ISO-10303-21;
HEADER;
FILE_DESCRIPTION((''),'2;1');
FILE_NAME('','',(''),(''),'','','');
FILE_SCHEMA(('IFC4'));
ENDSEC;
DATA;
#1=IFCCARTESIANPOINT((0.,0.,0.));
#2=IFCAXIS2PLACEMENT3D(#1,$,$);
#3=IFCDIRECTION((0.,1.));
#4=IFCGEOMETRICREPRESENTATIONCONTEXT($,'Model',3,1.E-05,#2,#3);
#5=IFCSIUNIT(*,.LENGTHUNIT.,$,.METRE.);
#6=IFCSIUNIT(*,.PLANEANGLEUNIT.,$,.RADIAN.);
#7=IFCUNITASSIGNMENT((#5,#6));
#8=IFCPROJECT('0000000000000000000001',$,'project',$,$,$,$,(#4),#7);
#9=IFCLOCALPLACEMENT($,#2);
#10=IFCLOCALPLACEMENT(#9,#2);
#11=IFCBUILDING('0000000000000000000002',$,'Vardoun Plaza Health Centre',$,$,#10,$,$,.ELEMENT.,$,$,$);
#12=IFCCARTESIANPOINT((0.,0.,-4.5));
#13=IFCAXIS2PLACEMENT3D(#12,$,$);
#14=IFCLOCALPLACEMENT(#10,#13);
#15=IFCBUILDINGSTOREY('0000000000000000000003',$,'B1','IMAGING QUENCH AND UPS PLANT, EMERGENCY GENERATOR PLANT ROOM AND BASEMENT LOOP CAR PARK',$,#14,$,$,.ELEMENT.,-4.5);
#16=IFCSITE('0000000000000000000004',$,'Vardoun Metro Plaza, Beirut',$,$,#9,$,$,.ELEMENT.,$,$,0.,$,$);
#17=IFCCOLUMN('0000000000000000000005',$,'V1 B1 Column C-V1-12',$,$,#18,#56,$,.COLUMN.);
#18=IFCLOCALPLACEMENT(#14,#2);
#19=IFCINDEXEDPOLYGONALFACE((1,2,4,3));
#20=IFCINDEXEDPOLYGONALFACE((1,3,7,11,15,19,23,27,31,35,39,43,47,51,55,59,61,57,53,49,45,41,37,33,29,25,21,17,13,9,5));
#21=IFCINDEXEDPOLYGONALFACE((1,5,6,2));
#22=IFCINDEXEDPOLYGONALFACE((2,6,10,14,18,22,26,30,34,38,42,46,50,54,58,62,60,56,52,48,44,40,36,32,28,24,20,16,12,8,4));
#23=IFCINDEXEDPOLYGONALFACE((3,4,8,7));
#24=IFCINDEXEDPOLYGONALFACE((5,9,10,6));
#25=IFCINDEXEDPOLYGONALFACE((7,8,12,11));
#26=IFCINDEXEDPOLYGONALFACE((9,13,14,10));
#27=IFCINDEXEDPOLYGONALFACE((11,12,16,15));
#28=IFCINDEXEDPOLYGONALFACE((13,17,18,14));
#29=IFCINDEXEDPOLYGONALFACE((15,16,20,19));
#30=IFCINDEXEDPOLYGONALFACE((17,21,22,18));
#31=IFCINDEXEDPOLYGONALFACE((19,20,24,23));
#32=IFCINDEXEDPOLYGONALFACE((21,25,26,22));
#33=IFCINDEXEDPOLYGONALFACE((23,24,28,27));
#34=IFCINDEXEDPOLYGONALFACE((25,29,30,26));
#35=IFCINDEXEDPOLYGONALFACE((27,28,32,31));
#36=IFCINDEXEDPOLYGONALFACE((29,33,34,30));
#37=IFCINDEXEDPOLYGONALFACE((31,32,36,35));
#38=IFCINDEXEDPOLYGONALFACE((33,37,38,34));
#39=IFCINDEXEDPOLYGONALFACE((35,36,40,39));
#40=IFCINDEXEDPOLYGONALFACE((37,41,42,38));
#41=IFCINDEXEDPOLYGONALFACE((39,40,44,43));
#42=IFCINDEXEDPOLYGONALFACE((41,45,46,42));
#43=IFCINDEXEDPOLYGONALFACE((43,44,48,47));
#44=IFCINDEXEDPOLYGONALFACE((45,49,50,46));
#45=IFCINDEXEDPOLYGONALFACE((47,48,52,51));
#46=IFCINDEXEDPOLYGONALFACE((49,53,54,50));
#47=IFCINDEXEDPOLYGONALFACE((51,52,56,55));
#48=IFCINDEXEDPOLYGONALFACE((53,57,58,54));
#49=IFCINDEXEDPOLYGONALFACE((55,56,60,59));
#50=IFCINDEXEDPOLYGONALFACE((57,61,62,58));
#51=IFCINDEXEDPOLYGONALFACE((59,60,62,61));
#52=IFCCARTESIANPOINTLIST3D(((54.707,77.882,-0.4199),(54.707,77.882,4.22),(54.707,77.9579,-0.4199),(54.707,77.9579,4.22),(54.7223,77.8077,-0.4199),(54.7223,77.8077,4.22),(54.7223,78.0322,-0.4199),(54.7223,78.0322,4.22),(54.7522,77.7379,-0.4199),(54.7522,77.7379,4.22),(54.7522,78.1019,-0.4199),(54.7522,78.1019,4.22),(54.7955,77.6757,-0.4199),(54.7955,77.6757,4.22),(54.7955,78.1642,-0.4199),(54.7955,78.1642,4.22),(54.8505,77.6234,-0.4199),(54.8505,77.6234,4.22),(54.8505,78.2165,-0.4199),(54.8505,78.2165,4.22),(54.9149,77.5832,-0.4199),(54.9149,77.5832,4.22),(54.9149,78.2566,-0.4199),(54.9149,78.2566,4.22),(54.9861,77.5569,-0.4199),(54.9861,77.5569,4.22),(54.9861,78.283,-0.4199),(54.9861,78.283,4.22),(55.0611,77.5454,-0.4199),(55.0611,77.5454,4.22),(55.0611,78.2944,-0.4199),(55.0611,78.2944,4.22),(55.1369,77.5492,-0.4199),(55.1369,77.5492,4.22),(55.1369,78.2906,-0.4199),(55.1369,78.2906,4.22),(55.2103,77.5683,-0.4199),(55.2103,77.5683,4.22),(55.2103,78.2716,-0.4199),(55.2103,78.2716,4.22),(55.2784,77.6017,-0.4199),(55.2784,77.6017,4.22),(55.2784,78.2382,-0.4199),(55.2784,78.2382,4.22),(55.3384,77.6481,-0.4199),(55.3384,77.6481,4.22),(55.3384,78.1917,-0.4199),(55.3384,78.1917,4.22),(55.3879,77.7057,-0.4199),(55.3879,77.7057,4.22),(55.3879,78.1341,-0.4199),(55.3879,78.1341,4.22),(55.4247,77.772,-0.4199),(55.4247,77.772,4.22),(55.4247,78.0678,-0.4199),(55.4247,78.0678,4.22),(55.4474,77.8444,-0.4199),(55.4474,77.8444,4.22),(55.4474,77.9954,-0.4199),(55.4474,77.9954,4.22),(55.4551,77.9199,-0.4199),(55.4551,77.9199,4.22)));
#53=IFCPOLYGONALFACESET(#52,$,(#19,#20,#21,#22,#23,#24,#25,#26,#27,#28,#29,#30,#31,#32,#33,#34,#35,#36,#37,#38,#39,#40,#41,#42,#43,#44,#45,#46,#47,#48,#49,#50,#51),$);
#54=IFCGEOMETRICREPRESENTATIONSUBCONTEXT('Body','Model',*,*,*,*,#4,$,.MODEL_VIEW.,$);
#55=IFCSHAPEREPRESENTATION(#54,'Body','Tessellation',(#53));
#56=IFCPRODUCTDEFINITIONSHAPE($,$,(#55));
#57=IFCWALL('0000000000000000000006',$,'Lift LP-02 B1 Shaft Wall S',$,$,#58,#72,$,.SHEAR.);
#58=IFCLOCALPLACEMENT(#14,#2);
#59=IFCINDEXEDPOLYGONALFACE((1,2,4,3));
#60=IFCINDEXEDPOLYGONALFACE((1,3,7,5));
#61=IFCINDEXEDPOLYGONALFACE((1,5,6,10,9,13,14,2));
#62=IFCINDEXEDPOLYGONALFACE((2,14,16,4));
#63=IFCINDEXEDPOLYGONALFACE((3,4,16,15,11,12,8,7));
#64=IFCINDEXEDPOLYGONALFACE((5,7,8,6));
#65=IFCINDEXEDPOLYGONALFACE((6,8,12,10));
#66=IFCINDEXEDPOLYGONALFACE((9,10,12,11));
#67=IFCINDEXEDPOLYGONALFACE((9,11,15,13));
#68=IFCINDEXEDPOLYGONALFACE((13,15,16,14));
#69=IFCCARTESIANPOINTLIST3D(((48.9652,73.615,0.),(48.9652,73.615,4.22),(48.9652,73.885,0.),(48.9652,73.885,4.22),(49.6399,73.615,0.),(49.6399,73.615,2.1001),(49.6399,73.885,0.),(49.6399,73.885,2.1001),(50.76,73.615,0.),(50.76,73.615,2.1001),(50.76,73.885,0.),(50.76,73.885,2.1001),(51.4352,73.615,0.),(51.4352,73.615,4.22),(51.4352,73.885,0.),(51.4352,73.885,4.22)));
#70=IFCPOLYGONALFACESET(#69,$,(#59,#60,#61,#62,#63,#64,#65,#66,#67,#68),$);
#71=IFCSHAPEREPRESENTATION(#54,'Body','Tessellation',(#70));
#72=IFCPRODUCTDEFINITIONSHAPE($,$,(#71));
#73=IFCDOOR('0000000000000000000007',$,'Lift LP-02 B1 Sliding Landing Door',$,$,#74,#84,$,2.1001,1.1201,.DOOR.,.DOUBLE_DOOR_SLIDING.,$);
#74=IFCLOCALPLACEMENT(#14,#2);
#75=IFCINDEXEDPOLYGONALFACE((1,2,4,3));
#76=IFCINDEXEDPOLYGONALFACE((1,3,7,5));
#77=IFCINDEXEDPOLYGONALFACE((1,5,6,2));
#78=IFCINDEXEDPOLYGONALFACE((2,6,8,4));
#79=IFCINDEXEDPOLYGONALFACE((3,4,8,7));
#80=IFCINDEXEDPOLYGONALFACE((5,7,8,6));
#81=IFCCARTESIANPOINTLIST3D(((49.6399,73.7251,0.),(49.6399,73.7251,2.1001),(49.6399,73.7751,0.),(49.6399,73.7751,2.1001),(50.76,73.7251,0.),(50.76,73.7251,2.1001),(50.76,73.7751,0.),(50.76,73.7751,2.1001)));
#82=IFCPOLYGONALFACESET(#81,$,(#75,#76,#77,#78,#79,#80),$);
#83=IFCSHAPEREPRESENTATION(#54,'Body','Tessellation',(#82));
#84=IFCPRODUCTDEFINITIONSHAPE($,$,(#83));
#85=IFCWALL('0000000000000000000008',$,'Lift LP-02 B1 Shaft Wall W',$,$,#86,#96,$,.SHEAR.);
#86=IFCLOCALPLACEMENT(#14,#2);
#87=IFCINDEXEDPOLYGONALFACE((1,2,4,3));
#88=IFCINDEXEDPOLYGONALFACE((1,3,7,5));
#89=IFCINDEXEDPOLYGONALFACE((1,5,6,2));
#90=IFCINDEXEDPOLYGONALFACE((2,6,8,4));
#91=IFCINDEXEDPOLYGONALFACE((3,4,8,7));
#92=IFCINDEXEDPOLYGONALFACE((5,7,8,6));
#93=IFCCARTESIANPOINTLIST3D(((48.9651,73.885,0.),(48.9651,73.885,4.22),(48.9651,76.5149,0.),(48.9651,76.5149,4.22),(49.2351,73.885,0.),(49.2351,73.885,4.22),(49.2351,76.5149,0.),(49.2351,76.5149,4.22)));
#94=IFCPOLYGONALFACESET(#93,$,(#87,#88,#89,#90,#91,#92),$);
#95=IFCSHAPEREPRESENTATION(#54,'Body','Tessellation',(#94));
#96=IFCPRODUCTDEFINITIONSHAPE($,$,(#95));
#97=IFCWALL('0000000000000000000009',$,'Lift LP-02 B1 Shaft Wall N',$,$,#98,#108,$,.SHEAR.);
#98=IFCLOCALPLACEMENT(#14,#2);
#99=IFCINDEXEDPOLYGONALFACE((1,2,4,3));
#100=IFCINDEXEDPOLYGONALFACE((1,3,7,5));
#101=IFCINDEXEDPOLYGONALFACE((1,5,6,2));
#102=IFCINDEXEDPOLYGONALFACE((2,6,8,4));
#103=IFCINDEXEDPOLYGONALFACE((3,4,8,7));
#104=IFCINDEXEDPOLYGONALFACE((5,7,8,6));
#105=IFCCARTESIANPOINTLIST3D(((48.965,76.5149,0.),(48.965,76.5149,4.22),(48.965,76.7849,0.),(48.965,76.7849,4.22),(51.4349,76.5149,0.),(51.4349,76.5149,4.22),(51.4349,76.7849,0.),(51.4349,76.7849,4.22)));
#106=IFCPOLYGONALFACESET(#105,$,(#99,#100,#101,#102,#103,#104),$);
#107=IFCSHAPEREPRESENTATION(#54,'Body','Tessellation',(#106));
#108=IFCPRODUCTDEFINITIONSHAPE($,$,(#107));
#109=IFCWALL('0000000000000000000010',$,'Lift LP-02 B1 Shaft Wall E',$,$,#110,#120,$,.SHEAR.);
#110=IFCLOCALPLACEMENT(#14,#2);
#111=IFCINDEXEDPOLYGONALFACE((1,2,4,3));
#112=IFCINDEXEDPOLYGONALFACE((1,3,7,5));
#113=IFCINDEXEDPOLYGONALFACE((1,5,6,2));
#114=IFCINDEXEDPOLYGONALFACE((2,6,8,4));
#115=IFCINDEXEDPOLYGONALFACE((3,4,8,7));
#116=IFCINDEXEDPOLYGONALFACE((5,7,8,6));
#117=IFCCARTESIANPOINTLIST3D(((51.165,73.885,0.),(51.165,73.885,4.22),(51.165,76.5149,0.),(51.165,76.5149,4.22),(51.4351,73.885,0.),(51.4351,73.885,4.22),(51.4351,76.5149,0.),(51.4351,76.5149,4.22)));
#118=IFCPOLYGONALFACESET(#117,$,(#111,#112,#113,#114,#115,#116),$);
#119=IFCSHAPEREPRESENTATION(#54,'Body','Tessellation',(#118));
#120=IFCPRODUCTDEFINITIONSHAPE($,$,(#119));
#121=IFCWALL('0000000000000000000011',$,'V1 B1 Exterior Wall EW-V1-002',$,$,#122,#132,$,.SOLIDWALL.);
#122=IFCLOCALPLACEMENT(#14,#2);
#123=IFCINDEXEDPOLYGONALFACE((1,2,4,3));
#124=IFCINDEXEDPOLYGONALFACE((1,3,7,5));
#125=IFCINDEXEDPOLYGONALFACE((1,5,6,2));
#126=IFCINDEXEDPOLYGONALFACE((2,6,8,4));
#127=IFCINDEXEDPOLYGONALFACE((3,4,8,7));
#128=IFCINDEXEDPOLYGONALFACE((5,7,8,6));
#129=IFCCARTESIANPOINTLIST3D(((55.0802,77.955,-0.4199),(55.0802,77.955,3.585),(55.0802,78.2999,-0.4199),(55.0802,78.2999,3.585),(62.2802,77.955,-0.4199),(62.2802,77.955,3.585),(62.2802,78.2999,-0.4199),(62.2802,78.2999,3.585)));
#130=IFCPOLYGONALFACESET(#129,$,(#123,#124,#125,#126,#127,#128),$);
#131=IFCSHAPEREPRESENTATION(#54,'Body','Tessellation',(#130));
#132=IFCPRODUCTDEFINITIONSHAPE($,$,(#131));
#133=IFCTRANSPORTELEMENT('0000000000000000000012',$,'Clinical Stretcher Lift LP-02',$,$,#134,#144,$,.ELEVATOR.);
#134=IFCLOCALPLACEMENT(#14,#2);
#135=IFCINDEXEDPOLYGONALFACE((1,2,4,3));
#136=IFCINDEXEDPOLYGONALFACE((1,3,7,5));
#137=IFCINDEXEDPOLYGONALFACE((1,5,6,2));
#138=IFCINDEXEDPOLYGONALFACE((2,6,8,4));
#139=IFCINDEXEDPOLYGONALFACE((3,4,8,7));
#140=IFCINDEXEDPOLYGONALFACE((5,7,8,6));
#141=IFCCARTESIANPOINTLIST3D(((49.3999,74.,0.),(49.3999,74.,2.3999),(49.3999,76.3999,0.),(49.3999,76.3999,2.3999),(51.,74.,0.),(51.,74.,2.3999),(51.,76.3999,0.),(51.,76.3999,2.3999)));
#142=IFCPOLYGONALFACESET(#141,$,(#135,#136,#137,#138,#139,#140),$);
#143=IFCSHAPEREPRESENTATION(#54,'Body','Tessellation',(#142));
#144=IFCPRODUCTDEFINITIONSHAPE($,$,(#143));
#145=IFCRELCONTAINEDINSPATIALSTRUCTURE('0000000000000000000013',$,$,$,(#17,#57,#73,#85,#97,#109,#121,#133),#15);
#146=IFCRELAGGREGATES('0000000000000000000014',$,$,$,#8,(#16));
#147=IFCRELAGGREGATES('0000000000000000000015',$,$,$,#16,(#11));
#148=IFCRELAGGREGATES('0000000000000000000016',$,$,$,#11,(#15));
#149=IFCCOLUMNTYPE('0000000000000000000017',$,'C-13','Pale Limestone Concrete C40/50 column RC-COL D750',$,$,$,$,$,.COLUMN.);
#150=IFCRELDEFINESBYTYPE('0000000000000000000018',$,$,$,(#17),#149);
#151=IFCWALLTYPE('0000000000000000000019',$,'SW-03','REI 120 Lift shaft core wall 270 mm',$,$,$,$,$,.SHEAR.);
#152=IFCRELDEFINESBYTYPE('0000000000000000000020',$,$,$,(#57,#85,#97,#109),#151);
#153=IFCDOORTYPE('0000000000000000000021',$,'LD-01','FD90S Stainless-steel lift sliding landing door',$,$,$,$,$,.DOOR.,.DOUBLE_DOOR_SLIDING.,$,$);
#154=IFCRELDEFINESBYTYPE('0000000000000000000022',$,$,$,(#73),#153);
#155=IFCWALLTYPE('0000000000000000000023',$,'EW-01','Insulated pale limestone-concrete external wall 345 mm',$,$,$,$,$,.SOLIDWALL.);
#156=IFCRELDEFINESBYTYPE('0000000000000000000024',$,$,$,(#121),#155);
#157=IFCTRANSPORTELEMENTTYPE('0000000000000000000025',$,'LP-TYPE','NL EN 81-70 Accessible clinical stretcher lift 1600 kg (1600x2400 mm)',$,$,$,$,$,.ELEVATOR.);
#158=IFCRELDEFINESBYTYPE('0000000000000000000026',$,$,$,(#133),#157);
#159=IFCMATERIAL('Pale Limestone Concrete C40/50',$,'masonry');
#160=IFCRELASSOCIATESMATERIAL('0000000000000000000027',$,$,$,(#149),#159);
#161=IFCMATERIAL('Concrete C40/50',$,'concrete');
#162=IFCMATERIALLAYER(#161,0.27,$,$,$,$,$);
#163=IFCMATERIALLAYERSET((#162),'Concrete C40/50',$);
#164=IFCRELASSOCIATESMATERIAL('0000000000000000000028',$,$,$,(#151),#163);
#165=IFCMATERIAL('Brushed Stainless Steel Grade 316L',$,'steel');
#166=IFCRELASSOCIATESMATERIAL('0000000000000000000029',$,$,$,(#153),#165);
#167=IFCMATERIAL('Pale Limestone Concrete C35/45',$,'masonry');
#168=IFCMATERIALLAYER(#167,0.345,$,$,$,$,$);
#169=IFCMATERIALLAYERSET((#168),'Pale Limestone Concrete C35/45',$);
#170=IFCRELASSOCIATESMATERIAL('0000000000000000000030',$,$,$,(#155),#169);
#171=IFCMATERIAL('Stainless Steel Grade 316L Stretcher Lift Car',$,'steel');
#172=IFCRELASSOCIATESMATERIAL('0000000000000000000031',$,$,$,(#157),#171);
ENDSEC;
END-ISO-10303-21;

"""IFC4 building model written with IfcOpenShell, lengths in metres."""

from ifc_helpers import new_model, si_unit, direction, frame, frame_2d, origin, origin_2d, place, context, subcontext, project, spatial, rectangle, circle, extrude, material, layer, layer_set, material_profile, profile_set, type_object, element, fill, save


model = new_model("IFC4")

# Units and contexts
model_context = context("Model", 3, precision=1e-05, world=origin(), true_north=direction((0.0, 1.0)))
body_context = subcontext(model_context, "Body", "Model", "MODEL_VIEW")
ifc_project = project(units=[si_unit("LENGTHUNIT", "METRE"), si_unit("PLANEANGLEUNIT", "RADIAN")], contexts=[model_context])

# Site, building, storey
site_placement = place(None, origin())
site = spatial("IfcSite", under=ifc_project, at=site_placement, Name="Vardoun Metro Plaza, Beirut", CompositionType="ELEMENT", RefElevation=0.0)
building_placement = place(site_placement, origin())
building = spatial("IfcBuilding", under=site, at=building_placement, Name="Vardoun Plaza Health Centre", CompositionType="ELEMENT")
storey_placement = place(building_placement, frame((0.0, 0.0, -4.5)))
storey = spatial("IfcBuildingStorey", under=building, at=storey_placement, Name="B1", Description="IMAGING QUENCH AND UPS PLANT, EMERGENCY GENERATOR PLANT ROOM AND BASEMENT LOOP CAR PARK", CompositionType="ELEMENT", Elevation=-4.5)

# Column
ifc_material_1 = material(Name="Pale Limestone Concrete C40/50", Category="masonry")
ifc_material_profile_1 = material_profile(ifc_material_1, circle(Radius=0.375, at=origin_2d()), Name="RC-COL D750")
ifc_profile_set_1 = profile_set([ifc_material_profile_1], Name="Pale Limestone Concrete C40/50")
column_type_1 = type_object("IfcColumnType", Name="C-13", Description="Pale Limestone Concrete C40/50 column RC-COL D750", PredefinedType="COLUMN", material=ifc_profile_set_1)
column_1_placement = place(storey_placement, frame((55.0801, 77.9199, -0.4199), z_axis=(0.0, 0.0, 1.0), x_axis=(1.0, 0.0, 0.0)))
element("IfcColumn", 1, at=column_1_placement, inside=storey, type_object=column_type_1, Name="V1 B1 Column C-V1-12", PredefinedType="COLUMN", context=body_context, shape_type="SweptSolid", body=[
    extrude(circle(Radius=0.375, at=origin_2d()), origin(), (0.0, 0.0, 1.0), 4.6399),
])

# Wall, opening, door
ifc_material_2 = material(Name="Concrete C40/50", Category="concrete")
ifc_layer_1 = layer(ifc_material_2, 0.27)
ifc_layer_set_1 = layer_set([ifc_layer_1], Name="Concrete C40/50")
wall_type_1 = type_object("IfcWallType", Name="SW-03", Description="REI 120 Lift shaft core wall 270 mm", PredefinedType="SHEAR", material=ifc_layer_set_1)
wall_1_placement = place(storey_placement, frame((51.4351, 73.75, 0.0), z_axis=(0.0, 0.0, 1.0), x_axis=(-1.0, 0.0, 0.0)))
wall_1 = element("IfcWall", 2, at=wall_1_placement, inside=storey, type_object=wall_type_1, Name="Lift LP-02 B1 Shaft Wall S", PredefinedType="SHEAR", context=body_context, shape_type="SweptSolid", body=[
    extrude(rectangle(XDim=2.47, YDim=0.27, at=frame_2d((1.2349, 0.0))), origin(), (0.0, 0.0, 1.0), 4.22),
])
opening_1_placement = place(wall_1_placement, frame((0.675, 0.0, 0.0)))
opening_1 = element("IfcOpeningElement", 3, at=opening_1_placement, cuts=wall_1, PredefinedType="OPENING", context=body_context, shape_type="SweptSolid", body=[
    extrude(rectangle(XDim=1.1201, YDim=2.1001, at=frame_2d((0.5601, 1.05))), frame((0.0, 0.135, 0.0), z_axis=(0.0, -1.0, 0.0), x_axis=(1.0, 0.0, 0.0)), (0.0, 0.0, 1.0), 0.27),
])
ifc_material_3 = material(Name="Brushed Stainless Steel Grade 316L", Category="steel")
door_type_1 = type_object("IfcDoorType", Name="LD-01", Description="FD90S Stainless-steel lift sliding landing door", OperationType="DOUBLE_DOOR_SLIDING", PredefinedType="DOOR", material=ifc_material_3)
door_1_placement = place(opening_1_placement, origin())
door_1 = element("IfcDoor", 4, at=door_1_placement, inside=storey, type_object=door_type_1, Name="Lift LP-02 B1 Sliding Landing Door", OperationType="DOUBLE_DOOR_SLIDING", OverallHeight=2.1001, OverallWidth=1.1201, PredefinedType="DOOR", context=body_context, shape_type="SweptSolid", body=[
    extrude(rectangle(XDim=1.1201, YDim=2.1001, at=frame_2d((0.5601, 1.05))), frame((0.0, 0.0249, 0.0), z_axis=(0.0, -1.0, 0.0), x_axis=(1.0, 0.0, 0.0)), (0.0, 0.0, 1.0), 0.05),
])
fill(opening_1, door_1)

# Walls
wall_2_placement = place(storey_placement, frame((49.1001, 73.885, 0.0), z_axis=(0.0, 0.0, 1.0), x_axis=(0.0, 1.0, 0.0)))
element("IfcWall", 5, at=wall_2_placement, inside=storey, type_object=wall_type_1, Name="Lift LP-02 B1 Shaft Wall W", PredefinedType="SHEAR", context=body_context, shape_type="SweptSolid", body=[
    extrude(rectangle(XDim=2.6299, YDim=0.27, at=frame_2d((1.3149, 0.0))), origin(), (0.0, 0.0, 1.0), 4.22),
])
wall_3_placement = place(storey_placement, frame((48.9651, 76.6499, 0.0), z_axis=(0.0, 0.0, 1.0), x_axis=(1.0, 0.0, 0.0)))
element("IfcWall", 6, at=wall_3_placement, inside=storey, type_object=wall_type_1, Name="Lift LP-02 B1 Shaft Wall N", PredefinedType="SHEAR", context=body_context, shape_type="SweptSolid", body=[
    extrude(rectangle(XDim=2.47, YDim=0.27, at=frame_2d((1.2349, 0.0))), origin(), (0.0, 0.0, 1.0), 4.22),
])
wall_4_placement = place(storey_placement, frame((51.3, 76.5149, 0.0), z_axis=(0.0, 0.0, 1.0), x_axis=(0.0, -1.0, 0.0)))
element("IfcWall", 7, at=wall_4_placement, inside=storey, type_object=wall_type_1, Name="Lift LP-02 B1 Shaft Wall E", PredefinedType="SHEAR", context=body_context, shape_type="SweptSolid", body=[
    extrude(rectangle(XDim=2.6299, YDim=0.27, at=frame_2d((1.3149, 0.0))), origin(), (0.0, 0.0, 1.0), 4.22),
])
ifc_material_4 = material(Name="Pale Limestone Concrete C35/45", Category="masonry")
ifc_layer_2 = layer(ifc_material_4, 0.345)
ifc_layer_set_2 = layer_set([ifc_layer_2], Name="Pale Limestone Concrete C35/45")
wall_type_2 = type_object("IfcWallType", Name="EW-01", Description="Insulated pale limestone-concrete external wall 345 mm", PredefinedType="SOLIDWALL", material=ifc_layer_set_2)
wall_5_placement = place(storey_placement, frame((55.0801, 78.1274, -0.4199), z_axis=(0.0, 0.0, 1.0), x_axis=(1.0, 0.0, 0.0)))
element("IfcWall", 8, at=wall_5_placement, inside=storey, type_object=wall_type_2, Name="V1 B1 Exterior Wall EW-V1-002", PredefinedType="SOLIDWALL", context=body_context, shape_type="SweptSolid", body=[
    extrude(rectangle(XDim=7.2, YDim=0.345, at=frame_2d((3.6001, 0.0))), origin(), (0.0, 0.0, 1.0), 4.0049),
])

# Transport element
ifc_material_5 = material(Name="Stainless Steel Grade 316L Stretcher Lift Car", Category="steel")
transport_element_type = type_object("IfcTransportElementType", Name="LP-TYPE", Description="NL EN 81-70 Accessible clinical stretcher lift 1600 kg (1600x2400 mm)", PredefinedType="ELEVATOR", material=ifc_material_5)
transport_element_placement = place(storey_placement, frame((50.2, 75.2, 0.0), z_axis=(0.0, 0.0, 1.0), x_axis=(1.0, 0.0, 0.0)))
element("IfcTransportElement", 9, at=transport_element_placement, inside=storey, type_object=transport_element_type, Name="Clinical Stretcher Lift LP-02", PredefinedType="ELEVATOR", context=body_context, shape_type="SweptSolid", body=[
    extrude(rectangle(XDim=1.6001, YDim=2.3999, at=origin_2d()), origin(), (0.0, 0.0, 1.0), 2.3999),
])

save(model, "model.ifc")
